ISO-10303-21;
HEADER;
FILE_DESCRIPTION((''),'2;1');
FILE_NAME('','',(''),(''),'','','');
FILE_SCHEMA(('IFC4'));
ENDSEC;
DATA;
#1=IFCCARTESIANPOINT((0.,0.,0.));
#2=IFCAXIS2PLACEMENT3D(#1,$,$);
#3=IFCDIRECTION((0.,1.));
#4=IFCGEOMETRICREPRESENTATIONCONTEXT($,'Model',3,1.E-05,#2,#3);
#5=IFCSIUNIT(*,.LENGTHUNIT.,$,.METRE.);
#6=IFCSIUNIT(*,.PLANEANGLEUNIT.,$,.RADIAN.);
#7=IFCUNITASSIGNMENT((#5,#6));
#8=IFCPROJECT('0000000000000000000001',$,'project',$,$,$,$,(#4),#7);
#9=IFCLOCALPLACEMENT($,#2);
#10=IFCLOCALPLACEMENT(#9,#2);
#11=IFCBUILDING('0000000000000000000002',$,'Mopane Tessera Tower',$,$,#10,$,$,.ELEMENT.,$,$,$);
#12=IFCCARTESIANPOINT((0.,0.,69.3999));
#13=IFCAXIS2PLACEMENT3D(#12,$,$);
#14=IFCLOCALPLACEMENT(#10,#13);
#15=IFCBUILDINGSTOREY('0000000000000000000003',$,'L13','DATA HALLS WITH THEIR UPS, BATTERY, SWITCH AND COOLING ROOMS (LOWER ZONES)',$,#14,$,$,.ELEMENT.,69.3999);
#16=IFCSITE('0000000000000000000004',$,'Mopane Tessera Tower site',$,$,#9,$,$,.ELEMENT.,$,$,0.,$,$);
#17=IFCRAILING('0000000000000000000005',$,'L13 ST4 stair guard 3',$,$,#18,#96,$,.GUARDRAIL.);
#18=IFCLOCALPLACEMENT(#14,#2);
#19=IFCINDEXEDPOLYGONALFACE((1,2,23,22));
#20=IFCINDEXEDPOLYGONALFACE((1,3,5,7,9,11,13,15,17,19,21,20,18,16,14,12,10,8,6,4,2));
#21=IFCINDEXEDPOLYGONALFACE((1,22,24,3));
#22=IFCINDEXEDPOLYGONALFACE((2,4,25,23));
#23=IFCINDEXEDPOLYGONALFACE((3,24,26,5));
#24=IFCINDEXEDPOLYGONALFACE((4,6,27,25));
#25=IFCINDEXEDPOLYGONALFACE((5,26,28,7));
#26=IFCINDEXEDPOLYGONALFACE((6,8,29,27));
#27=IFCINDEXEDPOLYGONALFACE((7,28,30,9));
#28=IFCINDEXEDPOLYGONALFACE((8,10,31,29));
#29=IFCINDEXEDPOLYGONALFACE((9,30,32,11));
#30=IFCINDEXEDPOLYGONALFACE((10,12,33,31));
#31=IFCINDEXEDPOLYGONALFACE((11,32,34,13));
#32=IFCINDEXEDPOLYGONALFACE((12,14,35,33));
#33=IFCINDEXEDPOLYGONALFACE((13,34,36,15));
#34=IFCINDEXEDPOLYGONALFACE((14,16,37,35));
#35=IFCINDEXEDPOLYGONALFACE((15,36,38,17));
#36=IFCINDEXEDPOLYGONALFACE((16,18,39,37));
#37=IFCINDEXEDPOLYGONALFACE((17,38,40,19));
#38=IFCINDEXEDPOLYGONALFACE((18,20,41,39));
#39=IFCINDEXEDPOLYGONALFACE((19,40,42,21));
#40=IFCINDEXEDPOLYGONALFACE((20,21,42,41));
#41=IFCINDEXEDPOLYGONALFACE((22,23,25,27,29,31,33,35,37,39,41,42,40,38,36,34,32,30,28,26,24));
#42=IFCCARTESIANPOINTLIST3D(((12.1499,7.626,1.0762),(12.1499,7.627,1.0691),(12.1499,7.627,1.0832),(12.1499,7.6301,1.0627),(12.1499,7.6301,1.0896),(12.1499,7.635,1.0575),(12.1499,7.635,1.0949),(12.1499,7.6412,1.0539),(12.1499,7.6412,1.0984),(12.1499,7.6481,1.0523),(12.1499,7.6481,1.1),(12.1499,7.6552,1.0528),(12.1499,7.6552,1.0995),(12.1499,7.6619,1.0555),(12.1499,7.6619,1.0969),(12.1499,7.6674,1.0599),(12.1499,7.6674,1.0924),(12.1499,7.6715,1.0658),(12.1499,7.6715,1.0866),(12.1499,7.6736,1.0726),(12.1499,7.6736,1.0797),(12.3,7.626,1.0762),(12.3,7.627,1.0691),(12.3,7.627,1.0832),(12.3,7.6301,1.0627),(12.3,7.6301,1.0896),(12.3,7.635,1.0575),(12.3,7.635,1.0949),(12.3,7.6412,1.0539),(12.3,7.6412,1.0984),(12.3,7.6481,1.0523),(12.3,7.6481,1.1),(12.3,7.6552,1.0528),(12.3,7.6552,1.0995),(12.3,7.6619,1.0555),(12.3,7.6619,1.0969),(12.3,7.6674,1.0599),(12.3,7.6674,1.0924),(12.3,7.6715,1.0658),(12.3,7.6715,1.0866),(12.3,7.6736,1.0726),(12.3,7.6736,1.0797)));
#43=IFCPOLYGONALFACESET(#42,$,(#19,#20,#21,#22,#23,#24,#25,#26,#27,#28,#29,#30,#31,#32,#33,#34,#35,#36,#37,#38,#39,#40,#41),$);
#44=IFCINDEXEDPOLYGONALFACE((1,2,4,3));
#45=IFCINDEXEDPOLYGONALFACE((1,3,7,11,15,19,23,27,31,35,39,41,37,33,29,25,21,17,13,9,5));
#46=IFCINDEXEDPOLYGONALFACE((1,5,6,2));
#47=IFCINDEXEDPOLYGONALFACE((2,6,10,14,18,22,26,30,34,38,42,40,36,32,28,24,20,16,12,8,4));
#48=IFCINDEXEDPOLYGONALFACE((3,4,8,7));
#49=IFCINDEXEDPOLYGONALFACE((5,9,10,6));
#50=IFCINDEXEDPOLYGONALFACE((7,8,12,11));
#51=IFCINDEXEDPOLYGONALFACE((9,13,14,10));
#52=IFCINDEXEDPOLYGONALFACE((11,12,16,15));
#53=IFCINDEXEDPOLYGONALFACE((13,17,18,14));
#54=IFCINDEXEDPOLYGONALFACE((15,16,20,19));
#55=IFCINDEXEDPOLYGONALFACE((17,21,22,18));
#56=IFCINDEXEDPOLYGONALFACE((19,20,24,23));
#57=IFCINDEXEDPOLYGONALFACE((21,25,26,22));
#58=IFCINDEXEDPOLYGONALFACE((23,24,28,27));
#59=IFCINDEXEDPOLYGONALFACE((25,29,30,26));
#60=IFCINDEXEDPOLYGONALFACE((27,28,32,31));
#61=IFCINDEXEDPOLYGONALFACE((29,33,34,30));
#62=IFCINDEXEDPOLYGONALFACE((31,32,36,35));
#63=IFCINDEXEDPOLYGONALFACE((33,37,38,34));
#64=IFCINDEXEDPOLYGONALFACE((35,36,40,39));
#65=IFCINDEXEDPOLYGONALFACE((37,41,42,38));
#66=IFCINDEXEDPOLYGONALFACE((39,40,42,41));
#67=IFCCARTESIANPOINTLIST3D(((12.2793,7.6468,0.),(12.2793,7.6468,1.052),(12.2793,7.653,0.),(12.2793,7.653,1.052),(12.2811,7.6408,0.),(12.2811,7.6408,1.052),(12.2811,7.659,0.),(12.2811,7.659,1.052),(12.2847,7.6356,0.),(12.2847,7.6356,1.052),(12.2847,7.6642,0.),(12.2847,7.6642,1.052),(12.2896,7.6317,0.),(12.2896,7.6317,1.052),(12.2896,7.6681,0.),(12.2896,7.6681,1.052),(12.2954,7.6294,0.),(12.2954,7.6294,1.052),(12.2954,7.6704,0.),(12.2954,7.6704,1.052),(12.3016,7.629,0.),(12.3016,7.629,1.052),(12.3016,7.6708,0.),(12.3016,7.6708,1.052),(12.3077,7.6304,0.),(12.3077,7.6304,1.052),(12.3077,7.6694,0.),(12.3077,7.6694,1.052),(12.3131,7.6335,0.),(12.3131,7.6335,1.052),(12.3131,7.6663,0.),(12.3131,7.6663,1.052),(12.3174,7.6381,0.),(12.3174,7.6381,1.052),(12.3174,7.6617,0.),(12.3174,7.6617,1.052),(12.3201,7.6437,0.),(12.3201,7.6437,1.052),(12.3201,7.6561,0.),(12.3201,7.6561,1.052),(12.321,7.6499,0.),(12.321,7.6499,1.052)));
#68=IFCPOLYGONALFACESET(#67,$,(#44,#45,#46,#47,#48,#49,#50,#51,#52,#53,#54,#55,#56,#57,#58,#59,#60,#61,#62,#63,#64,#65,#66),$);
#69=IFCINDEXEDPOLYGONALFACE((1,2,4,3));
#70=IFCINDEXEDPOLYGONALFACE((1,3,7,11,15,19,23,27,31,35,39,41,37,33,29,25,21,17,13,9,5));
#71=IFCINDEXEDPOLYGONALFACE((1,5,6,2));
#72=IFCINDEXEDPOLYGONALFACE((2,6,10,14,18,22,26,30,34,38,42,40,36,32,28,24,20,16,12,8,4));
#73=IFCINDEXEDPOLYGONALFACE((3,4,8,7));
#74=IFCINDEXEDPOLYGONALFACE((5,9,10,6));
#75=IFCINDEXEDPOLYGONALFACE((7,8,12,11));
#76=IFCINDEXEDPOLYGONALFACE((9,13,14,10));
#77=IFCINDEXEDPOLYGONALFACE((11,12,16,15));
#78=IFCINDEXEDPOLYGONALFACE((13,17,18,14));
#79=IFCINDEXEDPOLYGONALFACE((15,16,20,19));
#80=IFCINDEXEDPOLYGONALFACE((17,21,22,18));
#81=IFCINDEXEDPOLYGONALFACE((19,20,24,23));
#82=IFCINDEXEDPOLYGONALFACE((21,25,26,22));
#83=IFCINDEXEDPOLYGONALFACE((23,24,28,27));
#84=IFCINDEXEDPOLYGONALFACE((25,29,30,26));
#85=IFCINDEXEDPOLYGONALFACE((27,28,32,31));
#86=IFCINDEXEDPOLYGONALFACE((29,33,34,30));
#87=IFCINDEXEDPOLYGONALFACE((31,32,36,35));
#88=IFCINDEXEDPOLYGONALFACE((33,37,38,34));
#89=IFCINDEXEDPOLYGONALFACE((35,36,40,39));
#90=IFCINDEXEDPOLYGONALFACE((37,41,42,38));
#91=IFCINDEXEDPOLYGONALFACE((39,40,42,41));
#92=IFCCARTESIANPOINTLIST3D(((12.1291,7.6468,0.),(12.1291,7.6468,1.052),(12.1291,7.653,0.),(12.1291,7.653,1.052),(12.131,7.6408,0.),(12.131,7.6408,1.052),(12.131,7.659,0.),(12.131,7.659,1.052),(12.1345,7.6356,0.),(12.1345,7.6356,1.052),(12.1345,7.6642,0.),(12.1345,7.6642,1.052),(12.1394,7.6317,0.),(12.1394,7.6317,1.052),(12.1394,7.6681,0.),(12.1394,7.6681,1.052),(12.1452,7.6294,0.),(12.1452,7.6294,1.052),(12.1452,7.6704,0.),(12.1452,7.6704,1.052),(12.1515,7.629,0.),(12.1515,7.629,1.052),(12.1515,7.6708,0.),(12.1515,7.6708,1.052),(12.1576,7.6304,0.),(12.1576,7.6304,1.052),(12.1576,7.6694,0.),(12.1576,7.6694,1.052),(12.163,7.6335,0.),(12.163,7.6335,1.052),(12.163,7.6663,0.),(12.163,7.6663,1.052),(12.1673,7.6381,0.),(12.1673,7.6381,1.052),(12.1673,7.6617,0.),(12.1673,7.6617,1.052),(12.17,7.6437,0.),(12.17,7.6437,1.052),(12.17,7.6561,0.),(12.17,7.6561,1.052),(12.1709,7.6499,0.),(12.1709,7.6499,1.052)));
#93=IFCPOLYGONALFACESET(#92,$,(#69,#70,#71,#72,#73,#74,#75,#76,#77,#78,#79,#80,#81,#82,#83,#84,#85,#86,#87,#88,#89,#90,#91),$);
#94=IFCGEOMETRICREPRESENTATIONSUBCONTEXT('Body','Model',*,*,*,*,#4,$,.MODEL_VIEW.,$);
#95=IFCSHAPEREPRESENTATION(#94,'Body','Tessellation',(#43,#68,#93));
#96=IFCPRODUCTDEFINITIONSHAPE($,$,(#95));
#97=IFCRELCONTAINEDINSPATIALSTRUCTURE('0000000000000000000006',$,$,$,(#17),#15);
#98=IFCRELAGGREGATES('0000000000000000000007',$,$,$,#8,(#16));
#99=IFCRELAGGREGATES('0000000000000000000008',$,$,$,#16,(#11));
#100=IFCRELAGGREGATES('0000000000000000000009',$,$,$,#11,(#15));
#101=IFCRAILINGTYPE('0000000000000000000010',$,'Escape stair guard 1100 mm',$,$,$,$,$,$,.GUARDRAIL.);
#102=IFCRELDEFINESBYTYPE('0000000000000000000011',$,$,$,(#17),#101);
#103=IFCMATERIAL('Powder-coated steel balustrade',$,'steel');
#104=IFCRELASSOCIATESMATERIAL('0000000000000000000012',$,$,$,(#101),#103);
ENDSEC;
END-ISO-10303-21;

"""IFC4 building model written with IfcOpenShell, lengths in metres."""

from ifc_helpers import new_model, si_unit, direction, frame, origin, origin_2d, place, context, subcontext, project, spatial, circle, extrude, material, type_object, element, save


model = new_model("IFC4")

# Units and contexts
model_context = context("Model", 3, precision=1e-05, world=origin(), true_north=direction((0.0, 1.0)))
body_context = subcontext(model_context, "Body", "Model", "MODEL_VIEW")
ifc_project = project(units=[si_unit("LENGTHUNIT", "METRE"), si_unit("PLANEANGLEUNIT", "RADIAN")], contexts=[model_context])

# Site, building, storey
site_placement = place(None, origin())
site = spatial("IfcSite", under=ifc_project, at=site_placement, Name="Mopane Tessera Tower site", CompositionType="ELEMENT", RefElevation=0.0)
building_placement = place(site_placement, origin())
building = spatial("IfcBuilding", under=site, at=building_placement, Name="Mopane Tessera Tower", CompositionType="ELEMENT")
storey_placement = place(building_placement, frame((0.0, 0.0, 69.3999)))
storey = spatial("IfcBuildingStorey", under=building, at=storey_placement, Name="L13", Description="DATA HALLS WITH THEIR UPS, BATTERY, SWITCH AND COOLING ROOMS (LOWER ZONES)", CompositionType="ELEMENT", Elevation=69.3999)

# Railing
ifc_material_1 = material(Name="Powder-coated steel balustrade", Category="steel")
railing_type_1 = type_object("IfcRailingType", Name="Escape stair guard 1100 mm", PredefinedType="GUARDRAIL", material=ifc_material_1)
railing_1_placement = place(storey_placement, frame((12.3, 7.6499, 0.0)))
element("IfcRailing", 1, at=railing_1_placement, inside=storey, type_object=railing_type_1, Name="L13 ST4 stair guard 3", PredefinedType="GUARDRAIL", context=body_context, shape_type="SweptSolid", body=[
    extrude(circle(Radius=0.0239, at=origin_2d()), frame((0.0, 0.0, 1.0762), z_axis=(-1.0, 0.0, 0.0), x_axis=(0.0, -1.0, 0.0)), (0.0, 0.0, 1.0), 0.1501),
    extrude(circle(Radius=0.021, at=origin_2d()), origin(), (0.0, 0.0, 1.0), 1.052),
    extrude(circle(Radius=0.021, at=origin_2d()), frame((-0.1501, 0.0, 0.0)), (0.0, 0.0, 1.0), 1.052),
])

save(model, "model.ifc")
